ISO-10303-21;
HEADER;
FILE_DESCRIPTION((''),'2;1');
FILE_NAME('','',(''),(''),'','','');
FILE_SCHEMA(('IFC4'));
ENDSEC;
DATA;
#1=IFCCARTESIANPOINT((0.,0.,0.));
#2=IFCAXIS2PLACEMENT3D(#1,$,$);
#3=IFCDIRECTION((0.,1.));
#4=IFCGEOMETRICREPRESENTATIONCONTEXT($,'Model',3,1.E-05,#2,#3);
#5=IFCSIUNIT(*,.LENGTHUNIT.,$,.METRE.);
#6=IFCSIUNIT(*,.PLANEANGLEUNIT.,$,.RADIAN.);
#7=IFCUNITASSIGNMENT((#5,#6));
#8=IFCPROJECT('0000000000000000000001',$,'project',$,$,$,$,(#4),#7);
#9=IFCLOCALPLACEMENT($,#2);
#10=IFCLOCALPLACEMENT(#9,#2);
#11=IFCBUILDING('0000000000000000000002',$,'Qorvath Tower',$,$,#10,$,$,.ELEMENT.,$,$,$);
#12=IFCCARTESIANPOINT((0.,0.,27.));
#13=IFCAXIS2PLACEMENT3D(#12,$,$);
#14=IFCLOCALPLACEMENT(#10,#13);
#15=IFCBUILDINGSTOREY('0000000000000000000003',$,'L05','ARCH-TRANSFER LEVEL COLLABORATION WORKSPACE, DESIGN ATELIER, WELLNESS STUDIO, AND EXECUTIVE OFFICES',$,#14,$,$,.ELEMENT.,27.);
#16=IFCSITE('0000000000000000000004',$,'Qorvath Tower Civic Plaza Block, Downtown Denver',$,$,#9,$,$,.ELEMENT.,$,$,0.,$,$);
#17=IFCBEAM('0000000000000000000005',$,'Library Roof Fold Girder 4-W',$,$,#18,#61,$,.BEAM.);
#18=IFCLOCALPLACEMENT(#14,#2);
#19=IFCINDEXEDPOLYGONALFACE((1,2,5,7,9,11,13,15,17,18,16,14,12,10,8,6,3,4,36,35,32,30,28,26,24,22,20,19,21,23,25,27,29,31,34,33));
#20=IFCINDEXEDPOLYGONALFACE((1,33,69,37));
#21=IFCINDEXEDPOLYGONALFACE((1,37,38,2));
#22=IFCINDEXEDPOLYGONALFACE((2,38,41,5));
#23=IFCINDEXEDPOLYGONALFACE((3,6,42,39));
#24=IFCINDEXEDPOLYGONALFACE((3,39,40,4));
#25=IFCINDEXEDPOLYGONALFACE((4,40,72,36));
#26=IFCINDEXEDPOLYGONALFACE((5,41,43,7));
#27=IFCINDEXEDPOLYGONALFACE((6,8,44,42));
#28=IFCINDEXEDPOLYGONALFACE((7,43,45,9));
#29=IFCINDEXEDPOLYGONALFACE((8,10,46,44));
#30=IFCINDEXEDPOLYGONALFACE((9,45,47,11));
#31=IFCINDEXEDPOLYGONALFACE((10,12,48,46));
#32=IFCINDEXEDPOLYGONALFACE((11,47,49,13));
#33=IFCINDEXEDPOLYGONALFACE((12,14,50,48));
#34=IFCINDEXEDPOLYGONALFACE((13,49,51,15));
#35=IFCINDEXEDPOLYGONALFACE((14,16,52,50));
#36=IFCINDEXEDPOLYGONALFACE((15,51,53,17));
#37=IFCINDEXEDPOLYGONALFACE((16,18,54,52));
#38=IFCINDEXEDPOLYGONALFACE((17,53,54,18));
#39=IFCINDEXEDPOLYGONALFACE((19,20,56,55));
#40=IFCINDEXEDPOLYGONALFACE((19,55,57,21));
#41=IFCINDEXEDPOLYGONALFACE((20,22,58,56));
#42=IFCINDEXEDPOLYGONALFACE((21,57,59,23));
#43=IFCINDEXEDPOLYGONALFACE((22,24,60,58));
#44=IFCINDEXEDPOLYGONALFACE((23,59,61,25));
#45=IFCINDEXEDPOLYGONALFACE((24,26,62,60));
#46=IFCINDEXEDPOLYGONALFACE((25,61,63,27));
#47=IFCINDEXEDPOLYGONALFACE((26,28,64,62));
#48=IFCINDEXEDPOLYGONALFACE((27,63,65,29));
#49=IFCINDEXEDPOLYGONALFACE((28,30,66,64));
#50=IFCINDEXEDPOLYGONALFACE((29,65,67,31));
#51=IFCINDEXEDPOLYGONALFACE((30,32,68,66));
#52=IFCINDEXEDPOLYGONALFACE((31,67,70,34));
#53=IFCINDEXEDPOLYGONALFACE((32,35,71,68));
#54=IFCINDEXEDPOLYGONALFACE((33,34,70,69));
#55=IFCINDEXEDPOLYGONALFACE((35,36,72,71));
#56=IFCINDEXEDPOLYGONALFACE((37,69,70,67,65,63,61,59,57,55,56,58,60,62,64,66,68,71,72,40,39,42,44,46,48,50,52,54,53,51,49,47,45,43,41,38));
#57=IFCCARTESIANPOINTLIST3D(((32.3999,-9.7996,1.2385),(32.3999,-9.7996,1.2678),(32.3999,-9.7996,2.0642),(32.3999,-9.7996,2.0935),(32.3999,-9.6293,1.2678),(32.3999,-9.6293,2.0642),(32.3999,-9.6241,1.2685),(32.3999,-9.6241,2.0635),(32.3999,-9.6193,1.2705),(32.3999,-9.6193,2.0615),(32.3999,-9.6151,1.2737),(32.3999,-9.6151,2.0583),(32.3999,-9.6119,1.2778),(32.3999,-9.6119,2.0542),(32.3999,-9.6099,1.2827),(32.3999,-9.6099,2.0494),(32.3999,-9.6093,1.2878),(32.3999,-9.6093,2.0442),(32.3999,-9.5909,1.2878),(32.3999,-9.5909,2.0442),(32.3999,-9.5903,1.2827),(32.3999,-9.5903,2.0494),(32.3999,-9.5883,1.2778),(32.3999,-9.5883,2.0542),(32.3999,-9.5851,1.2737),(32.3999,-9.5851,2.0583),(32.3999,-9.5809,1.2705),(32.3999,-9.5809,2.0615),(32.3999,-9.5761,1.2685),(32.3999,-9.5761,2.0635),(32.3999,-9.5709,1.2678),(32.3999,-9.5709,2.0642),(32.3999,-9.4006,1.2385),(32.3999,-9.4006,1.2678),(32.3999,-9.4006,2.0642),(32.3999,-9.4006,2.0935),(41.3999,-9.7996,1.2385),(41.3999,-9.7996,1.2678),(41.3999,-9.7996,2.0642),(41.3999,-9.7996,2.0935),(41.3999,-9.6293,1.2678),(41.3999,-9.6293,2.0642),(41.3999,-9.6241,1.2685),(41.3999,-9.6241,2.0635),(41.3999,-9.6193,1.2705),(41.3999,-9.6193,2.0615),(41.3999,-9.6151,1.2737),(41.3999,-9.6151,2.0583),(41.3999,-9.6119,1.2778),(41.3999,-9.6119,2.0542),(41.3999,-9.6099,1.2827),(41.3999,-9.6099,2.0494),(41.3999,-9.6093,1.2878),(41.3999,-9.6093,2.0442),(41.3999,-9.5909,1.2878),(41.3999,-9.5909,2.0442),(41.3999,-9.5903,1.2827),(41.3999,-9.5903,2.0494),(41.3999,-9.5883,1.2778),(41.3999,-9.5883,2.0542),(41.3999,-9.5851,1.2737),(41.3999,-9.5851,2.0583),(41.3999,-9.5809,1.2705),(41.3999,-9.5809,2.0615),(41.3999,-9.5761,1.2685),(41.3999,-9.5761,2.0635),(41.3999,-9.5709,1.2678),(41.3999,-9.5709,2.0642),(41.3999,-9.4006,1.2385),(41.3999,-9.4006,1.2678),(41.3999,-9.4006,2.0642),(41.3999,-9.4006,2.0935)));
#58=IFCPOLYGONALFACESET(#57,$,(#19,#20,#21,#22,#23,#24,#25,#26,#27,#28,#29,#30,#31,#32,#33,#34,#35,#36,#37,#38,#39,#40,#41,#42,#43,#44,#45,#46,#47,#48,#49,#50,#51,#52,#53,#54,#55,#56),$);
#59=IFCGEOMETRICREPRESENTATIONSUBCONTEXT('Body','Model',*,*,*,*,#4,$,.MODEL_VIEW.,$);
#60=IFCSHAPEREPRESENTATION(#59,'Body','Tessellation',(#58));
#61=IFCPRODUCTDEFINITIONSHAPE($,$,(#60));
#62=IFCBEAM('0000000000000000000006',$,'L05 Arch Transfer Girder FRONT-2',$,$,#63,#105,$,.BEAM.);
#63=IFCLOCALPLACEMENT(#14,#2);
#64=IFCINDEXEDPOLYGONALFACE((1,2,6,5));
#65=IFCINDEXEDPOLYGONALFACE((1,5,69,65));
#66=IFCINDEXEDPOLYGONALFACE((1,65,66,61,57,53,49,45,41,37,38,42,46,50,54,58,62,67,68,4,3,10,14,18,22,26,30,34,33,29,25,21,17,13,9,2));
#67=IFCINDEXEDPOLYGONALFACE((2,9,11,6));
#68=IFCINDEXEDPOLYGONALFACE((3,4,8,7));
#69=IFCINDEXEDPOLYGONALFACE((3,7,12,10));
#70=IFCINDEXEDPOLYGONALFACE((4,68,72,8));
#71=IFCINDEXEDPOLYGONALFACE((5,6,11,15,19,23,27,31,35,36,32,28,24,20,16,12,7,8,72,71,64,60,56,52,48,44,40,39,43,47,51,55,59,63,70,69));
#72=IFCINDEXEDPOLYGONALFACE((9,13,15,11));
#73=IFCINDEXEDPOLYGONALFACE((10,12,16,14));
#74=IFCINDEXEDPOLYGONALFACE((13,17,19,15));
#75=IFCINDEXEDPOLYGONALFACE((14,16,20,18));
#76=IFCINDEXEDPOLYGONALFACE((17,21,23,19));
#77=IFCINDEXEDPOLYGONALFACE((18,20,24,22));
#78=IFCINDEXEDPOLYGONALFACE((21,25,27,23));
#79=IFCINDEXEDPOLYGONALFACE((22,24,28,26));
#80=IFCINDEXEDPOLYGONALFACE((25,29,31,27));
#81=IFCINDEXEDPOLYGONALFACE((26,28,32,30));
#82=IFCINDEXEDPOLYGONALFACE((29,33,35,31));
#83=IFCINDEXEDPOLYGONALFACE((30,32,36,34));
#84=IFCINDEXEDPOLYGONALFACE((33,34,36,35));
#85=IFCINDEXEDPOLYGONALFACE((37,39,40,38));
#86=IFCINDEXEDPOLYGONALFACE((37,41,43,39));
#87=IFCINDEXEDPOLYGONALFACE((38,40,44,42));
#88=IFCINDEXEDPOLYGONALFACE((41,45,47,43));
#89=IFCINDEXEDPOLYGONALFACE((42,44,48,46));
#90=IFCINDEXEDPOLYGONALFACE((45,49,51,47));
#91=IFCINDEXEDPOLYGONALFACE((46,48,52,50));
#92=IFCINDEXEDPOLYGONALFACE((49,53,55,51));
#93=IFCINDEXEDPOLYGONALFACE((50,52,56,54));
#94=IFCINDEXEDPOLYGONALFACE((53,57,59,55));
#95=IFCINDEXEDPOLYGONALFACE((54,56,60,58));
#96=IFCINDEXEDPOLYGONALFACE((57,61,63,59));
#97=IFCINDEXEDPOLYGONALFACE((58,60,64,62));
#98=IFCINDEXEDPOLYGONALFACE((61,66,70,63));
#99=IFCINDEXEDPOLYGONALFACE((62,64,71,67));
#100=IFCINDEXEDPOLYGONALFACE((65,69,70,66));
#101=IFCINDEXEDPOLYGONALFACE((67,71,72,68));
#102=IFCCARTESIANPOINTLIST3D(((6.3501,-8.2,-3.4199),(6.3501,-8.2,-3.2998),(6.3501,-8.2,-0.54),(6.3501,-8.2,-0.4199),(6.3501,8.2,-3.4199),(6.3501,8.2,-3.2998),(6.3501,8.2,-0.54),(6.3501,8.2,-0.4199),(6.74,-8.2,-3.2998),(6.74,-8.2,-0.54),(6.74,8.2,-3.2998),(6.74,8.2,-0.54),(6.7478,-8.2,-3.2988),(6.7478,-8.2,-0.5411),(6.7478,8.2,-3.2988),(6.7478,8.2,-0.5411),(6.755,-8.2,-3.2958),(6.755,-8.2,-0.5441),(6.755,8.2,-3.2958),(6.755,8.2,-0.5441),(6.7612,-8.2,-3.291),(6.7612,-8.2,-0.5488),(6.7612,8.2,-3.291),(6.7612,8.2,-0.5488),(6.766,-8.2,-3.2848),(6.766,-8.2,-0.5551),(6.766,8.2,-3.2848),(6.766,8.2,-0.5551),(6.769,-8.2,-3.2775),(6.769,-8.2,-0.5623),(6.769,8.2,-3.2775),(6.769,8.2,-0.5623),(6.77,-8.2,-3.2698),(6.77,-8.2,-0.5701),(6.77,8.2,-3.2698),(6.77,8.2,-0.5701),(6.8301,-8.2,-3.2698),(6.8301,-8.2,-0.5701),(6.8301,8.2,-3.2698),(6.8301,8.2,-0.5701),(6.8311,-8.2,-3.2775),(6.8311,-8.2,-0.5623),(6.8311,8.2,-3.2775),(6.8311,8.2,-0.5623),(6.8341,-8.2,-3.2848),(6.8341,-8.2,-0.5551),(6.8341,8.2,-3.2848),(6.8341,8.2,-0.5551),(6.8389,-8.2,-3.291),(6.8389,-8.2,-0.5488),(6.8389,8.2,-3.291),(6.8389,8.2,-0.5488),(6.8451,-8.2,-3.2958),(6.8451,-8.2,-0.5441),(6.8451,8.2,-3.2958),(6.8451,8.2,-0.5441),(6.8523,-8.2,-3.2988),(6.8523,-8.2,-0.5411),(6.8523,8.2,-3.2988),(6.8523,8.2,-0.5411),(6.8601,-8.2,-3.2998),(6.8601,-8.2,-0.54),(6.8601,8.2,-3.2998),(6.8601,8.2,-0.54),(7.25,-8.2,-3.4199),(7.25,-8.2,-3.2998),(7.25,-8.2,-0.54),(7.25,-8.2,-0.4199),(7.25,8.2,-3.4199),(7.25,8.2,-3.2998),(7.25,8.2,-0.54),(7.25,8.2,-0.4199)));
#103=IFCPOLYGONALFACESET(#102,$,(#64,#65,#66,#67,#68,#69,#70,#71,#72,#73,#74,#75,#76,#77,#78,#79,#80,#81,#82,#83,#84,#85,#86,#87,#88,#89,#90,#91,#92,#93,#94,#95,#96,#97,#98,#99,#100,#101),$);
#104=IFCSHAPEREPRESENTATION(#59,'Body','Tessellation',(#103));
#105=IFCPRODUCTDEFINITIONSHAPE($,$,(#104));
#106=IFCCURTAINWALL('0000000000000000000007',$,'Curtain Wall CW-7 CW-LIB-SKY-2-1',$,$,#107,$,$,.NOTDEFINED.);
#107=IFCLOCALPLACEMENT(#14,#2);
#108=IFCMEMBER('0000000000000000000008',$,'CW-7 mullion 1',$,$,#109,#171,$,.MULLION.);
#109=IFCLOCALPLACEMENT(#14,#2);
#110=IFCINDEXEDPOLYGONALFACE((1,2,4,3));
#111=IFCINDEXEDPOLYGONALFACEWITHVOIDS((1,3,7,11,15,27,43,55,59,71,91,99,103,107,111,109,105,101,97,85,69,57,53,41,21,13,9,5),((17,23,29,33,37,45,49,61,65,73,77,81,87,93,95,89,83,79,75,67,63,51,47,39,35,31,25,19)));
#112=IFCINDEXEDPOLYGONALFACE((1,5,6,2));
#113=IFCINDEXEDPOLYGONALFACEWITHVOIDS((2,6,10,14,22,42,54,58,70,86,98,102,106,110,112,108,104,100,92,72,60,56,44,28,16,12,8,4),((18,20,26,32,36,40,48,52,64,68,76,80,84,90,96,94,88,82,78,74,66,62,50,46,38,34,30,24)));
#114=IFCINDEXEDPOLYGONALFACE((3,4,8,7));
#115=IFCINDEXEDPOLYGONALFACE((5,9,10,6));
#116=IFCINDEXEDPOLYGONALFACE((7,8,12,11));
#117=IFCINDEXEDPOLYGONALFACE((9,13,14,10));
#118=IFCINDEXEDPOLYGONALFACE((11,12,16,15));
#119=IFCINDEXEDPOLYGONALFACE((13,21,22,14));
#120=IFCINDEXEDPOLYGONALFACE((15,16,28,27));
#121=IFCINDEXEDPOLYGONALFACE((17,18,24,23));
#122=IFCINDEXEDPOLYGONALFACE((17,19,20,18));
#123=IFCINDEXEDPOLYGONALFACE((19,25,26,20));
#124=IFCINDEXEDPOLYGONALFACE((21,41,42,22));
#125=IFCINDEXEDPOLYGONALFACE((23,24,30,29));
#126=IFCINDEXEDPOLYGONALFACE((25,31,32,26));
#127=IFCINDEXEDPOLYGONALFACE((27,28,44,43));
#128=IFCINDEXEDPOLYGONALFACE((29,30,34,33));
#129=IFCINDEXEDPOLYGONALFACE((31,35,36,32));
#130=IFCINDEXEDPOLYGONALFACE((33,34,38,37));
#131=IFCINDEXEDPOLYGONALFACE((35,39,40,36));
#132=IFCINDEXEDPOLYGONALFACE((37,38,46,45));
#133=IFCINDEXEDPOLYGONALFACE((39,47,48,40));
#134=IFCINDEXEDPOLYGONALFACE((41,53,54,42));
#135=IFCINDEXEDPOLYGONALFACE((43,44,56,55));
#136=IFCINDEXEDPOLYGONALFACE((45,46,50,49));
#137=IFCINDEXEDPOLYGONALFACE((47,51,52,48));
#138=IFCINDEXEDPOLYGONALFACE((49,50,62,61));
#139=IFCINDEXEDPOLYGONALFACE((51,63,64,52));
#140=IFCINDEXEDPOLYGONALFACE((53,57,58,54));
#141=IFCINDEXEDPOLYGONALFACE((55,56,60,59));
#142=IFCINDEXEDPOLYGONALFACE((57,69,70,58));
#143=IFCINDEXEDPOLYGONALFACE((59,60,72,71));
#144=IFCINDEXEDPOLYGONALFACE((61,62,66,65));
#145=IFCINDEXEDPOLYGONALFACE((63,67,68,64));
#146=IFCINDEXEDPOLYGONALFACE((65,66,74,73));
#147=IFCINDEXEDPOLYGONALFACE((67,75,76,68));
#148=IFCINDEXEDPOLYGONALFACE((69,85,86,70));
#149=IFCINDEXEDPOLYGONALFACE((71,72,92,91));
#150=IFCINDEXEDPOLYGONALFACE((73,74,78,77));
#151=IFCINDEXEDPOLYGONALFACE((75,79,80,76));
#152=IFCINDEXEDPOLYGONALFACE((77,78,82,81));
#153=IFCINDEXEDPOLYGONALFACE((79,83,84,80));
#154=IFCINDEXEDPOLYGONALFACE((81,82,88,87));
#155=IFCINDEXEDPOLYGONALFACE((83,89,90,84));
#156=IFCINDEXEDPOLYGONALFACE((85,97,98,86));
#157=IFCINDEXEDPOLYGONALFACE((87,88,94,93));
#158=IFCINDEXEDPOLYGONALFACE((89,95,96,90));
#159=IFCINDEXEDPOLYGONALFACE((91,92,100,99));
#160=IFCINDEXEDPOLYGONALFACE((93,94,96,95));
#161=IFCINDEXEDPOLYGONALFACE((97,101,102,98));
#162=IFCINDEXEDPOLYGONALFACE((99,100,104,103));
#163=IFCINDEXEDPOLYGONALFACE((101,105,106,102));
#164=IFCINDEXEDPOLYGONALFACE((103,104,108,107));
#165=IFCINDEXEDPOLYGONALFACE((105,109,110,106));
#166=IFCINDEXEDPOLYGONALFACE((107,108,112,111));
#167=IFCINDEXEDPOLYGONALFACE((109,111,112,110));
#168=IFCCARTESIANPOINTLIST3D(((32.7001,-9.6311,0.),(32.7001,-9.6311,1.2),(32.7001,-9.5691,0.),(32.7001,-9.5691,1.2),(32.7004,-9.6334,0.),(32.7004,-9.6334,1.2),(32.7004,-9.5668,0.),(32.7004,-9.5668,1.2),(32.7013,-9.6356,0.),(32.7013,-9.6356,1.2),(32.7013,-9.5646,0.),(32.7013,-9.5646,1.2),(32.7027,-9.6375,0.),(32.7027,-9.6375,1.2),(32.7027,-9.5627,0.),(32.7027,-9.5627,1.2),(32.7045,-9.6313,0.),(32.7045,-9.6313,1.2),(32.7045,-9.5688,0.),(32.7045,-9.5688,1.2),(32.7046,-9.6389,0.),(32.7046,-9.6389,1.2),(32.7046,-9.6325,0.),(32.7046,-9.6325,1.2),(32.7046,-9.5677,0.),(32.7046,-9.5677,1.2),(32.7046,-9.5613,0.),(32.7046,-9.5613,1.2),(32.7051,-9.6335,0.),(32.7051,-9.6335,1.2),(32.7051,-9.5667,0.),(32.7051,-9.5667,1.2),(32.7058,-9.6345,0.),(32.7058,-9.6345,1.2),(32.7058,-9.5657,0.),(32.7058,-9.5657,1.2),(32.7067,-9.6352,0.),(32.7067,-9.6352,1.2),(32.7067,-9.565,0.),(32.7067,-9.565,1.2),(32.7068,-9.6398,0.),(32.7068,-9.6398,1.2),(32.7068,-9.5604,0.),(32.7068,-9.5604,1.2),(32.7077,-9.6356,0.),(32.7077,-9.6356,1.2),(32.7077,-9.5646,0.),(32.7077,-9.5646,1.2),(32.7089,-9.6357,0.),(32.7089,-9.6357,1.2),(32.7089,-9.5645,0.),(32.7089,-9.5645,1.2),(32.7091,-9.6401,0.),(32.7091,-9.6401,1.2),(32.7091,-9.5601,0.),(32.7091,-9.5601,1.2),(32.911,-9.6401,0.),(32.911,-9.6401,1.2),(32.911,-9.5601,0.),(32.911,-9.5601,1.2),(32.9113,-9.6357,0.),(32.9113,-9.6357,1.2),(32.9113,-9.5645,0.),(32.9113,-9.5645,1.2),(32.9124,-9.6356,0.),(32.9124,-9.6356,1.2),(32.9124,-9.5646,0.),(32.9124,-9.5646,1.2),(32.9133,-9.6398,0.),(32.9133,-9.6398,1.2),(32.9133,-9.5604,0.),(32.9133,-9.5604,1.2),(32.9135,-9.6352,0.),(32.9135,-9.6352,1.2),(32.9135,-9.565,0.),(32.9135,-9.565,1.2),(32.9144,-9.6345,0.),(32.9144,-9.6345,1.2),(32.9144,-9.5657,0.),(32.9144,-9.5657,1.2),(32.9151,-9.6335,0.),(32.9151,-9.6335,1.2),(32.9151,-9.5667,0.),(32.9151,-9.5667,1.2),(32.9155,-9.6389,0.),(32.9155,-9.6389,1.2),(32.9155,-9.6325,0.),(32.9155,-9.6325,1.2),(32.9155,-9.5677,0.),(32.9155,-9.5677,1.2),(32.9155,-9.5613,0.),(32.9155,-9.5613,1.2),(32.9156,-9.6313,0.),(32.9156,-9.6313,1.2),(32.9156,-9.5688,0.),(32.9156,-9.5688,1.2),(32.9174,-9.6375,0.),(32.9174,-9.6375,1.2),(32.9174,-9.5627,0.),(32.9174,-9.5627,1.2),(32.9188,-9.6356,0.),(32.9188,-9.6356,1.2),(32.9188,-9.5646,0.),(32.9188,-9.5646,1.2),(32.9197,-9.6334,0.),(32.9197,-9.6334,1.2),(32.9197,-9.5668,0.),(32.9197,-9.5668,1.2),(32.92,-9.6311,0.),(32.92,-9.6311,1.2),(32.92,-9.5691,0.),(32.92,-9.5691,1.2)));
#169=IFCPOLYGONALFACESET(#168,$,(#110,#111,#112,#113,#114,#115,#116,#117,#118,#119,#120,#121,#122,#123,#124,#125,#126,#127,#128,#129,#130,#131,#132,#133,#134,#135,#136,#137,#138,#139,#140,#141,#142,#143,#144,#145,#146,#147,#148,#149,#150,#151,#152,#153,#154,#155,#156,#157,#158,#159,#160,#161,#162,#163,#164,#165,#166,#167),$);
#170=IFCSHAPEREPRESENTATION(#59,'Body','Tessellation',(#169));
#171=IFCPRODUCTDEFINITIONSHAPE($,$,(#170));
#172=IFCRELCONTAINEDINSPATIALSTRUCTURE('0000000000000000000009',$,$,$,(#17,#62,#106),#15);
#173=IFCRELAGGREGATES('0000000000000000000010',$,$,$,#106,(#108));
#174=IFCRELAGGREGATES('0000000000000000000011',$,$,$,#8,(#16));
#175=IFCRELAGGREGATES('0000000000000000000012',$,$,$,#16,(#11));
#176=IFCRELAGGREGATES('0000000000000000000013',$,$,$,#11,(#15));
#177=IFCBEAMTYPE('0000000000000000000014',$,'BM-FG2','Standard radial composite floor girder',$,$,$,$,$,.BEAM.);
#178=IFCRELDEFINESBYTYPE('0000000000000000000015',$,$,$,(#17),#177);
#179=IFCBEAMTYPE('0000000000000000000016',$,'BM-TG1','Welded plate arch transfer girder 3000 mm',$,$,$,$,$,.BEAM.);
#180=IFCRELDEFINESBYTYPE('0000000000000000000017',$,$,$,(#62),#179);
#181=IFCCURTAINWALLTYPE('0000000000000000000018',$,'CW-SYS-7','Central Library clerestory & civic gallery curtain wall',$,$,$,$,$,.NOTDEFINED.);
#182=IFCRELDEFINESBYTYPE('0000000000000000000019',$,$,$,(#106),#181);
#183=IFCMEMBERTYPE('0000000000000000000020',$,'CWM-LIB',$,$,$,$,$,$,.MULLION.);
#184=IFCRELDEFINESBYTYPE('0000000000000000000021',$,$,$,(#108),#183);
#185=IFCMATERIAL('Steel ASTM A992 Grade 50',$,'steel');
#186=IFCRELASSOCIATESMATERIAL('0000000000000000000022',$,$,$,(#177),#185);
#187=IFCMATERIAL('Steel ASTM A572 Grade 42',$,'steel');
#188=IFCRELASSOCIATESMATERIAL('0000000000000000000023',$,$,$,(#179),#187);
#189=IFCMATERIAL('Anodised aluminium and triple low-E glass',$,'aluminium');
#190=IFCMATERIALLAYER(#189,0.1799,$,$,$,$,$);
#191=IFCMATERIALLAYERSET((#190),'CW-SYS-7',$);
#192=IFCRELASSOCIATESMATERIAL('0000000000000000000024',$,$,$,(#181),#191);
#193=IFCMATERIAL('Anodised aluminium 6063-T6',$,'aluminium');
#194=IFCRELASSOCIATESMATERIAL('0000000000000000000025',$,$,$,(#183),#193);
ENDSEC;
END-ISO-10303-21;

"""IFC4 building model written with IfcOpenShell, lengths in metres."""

from ifc_helpers import new_model, si_unit, direction, frame, origin, origin_2d, place, context, subcontext, project, spatial, hollow_rectangle, i_section, extrude, material, layer, layer_set, material_profile, profile_set, type_object, element, aggregate, save


model = new_model("IFC4")

# Units and contexts
model_context = context("Model", 3, precision=1e-05, world=origin(), true_north=direction((0.0, 1.0)))
body_context = subcontext(model_context, "Body", "Model", "MODEL_VIEW")
ifc_project = project(units=[si_unit("LENGTHUNIT", "METRE"), si_unit("PLANEANGLEUNIT", "RADIAN")], contexts=[model_context])

# Site, building, storey
site_placement = place(None, origin())
site = spatial("IfcSite", under=ifc_project, at=site_placement, Name="Qorvath Tower Civic Plaza Block, Downtown Denver", CompositionType="ELEMENT", RefElevation=0.0)
building_placement = place(site_placement, origin())
building = spatial("IfcBuilding", under=site, at=building_placement, Name="Qorvath Tower", CompositionType="ELEMENT")
storey_placement = place(building_placement, frame((0.0, 0.0, 27.0)))
storey = spatial("IfcBuildingStorey", under=building, at=storey_placement, Name="L05", Description="ARCH-TRANSFER LEVEL COLLABORATION WORKSPACE, DESIGN ATELIER, WELLNESS STUDIO, AND EXECUTIVE OFFICES", CompositionType="ELEMENT", Elevation=27.0)

# Beams
ifc_material_1 = material(Name="Steel ASTM A992 Grade 50", Category="steel")
ifc_material_profile_1 = material_profile(ifc_material_1, i_section(OverallWidth=0.3989, OverallDepth=0.855, WebThickness=0.0183, FlangeThickness=0.0293, FilletRadius=0.02, at=origin_2d()), Name="W33x201")
ifc_profile_set_1 = profile_set([ifc_material_profile_1], Name="Steel ASTM A992 Grade 50")
beam_type_1 = type_object("IfcBeamType", Name="BM-FG2", Description="Standard radial composite floor girder", PredefinedType="BEAM", material=ifc_profile_set_1)
beam_1_placement = place(storey_placement, frame((32.3999, -9.6001, 1.666), z_axis=(1.0, 0.0, 0.0), x_axis=(0.0, 1.0, 0.0)))
element("IfcBeam", 1, at=beam_1_placement, inside=storey, type_object=beam_type_1, Name="Library Roof Fold Girder 4-W", PredefinedType="BEAM", context=body_context, shape_type="SweptSolid", body=[
    extrude(i_section(OverallWidth=0.3989, OverallDepth=0.855, WebThickness=0.0183, FlangeThickness=0.0293, FilletRadius=0.02, at=origin_2d()), origin(), (0.0, 0.0, 1.0), 9.0),
])
ifc_material_2 = material(Name="Steel ASTM A572 Grade 42", Category="steel")
ifc_material_profile_2 = material_profile(ifc_material_2, i_section(OverallWidth=0.8999, OverallDepth=3.0, WebThickness=0.0601, FlangeThickness=0.1201, FilletRadius=0.03, at=origin_2d()), Name="WTG 3000x900")
ifc_profile_set_2 = profile_set([ifc_material_profile_2], Name="Steel ASTM A572 Grade 42")
beam_type_2 = type_object("IfcBeamType", Name="BM-TG1", Description="Welded plate arch transfer girder 3000 mm", PredefinedType="BEAM", material=ifc_profile_set_2)
beam_2_placement = place(storey_placement, frame((6.8, -8.2, -1.9199), z_axis=(0.0, 1.0, 0.0), x_axis=(-1.0, 0.0, 0.0)))
element("IfcBeam", 2, at=beam_2_placement, inside=storey, type_object=beam_type_2, Name="L05 Arch Transfer Girder FRONT-2", PredefinedType="BEAM", context=body_context, shape_type="SweptSolid", body=[
    extrude(i_section(OverallWidth=0.8999, OverallDepth=3.0, WebThickness=0.0601, FlangeThickness=0.1201, FilletRadius=0.03, at=origin_2d()), origin(), (0.0, 0.0, 1.0), 16.3999),
])

# Curtain wall, member
ifc_material_3 = material(Name="Anodised aluminium and triple low-E glass", Category="aluminium")
ifc_layer_1 = layer(ifc_material_3, 0.1799)
ifc_layer_set_1 = layer_set([ifc_layer_1], Name="CW-SYS-7")
curtain_wall_type = type_object("IfcCurtainWallType", Name="CW-SYS-7", Description="Central Library clerestory & civic gallery curtain wall", PredefinedType="NOTDEFINED", material=ifc_layer_set_1)
curtain_wall_placement = place(storey_placement, origin())
curtain_wall = element("IfcCurtainWall", 3, at=curtain_wall_placement, inside=storey, type_object=curtain_wall_type, Name="Curtain Wall CW-7 CW-LIB-SKY-2-1", PredefinedType="NOTDEFINED")
ifc_material_4 = material(Name="Anodised aluminium 6063-T6", Category="aluminium")
ifc_material_profile_3 = material_profile(ifc_material_4, hollow_rectangle(XDim=0.0801, YDim=0.22, WallThickness=0.0044, InnerFilletRadius=0.0044, OuterFilletRadius=0.009, at=origin_2d()), Name="CWM LIB 220x80")
ifc_profile_set_3 = profile_set([ifc_material_profile_3], Name="Anodised aluminium 6063-T6")
member_type_1 = type_object("IfcMemberType", Name="CWM-LIB", PredefinedType="MULLION", material=ifc_profile_set_3)
member_1_placement = place(storey_placement, frame((32.8101, -9.6001, 0.0), z_axis=(0.0, 0.0, 1.0), x_axis=(0.0, 1.0, 0.0)))
member_1 = element("IfcMember", 4, at=member_1_placement, type_object=member_type_1, Name="CW-7 mullion 1", PredefinedType="MULLION", context=body_context, shape_type="SweptSolid", body=[
    extrude(hollow_rectangle(XDim=0.0801, YDim=0.22, WallThickness=0.0044, InnerFilletRadius=0.0044, OuterFilletRadius=0.009, at=origin_2d()), origin(), (0.0, 0.0, 1.0), 1.2),
])
aggregate(curtain_wall, [member_1])

save(model, "model.ifc")
